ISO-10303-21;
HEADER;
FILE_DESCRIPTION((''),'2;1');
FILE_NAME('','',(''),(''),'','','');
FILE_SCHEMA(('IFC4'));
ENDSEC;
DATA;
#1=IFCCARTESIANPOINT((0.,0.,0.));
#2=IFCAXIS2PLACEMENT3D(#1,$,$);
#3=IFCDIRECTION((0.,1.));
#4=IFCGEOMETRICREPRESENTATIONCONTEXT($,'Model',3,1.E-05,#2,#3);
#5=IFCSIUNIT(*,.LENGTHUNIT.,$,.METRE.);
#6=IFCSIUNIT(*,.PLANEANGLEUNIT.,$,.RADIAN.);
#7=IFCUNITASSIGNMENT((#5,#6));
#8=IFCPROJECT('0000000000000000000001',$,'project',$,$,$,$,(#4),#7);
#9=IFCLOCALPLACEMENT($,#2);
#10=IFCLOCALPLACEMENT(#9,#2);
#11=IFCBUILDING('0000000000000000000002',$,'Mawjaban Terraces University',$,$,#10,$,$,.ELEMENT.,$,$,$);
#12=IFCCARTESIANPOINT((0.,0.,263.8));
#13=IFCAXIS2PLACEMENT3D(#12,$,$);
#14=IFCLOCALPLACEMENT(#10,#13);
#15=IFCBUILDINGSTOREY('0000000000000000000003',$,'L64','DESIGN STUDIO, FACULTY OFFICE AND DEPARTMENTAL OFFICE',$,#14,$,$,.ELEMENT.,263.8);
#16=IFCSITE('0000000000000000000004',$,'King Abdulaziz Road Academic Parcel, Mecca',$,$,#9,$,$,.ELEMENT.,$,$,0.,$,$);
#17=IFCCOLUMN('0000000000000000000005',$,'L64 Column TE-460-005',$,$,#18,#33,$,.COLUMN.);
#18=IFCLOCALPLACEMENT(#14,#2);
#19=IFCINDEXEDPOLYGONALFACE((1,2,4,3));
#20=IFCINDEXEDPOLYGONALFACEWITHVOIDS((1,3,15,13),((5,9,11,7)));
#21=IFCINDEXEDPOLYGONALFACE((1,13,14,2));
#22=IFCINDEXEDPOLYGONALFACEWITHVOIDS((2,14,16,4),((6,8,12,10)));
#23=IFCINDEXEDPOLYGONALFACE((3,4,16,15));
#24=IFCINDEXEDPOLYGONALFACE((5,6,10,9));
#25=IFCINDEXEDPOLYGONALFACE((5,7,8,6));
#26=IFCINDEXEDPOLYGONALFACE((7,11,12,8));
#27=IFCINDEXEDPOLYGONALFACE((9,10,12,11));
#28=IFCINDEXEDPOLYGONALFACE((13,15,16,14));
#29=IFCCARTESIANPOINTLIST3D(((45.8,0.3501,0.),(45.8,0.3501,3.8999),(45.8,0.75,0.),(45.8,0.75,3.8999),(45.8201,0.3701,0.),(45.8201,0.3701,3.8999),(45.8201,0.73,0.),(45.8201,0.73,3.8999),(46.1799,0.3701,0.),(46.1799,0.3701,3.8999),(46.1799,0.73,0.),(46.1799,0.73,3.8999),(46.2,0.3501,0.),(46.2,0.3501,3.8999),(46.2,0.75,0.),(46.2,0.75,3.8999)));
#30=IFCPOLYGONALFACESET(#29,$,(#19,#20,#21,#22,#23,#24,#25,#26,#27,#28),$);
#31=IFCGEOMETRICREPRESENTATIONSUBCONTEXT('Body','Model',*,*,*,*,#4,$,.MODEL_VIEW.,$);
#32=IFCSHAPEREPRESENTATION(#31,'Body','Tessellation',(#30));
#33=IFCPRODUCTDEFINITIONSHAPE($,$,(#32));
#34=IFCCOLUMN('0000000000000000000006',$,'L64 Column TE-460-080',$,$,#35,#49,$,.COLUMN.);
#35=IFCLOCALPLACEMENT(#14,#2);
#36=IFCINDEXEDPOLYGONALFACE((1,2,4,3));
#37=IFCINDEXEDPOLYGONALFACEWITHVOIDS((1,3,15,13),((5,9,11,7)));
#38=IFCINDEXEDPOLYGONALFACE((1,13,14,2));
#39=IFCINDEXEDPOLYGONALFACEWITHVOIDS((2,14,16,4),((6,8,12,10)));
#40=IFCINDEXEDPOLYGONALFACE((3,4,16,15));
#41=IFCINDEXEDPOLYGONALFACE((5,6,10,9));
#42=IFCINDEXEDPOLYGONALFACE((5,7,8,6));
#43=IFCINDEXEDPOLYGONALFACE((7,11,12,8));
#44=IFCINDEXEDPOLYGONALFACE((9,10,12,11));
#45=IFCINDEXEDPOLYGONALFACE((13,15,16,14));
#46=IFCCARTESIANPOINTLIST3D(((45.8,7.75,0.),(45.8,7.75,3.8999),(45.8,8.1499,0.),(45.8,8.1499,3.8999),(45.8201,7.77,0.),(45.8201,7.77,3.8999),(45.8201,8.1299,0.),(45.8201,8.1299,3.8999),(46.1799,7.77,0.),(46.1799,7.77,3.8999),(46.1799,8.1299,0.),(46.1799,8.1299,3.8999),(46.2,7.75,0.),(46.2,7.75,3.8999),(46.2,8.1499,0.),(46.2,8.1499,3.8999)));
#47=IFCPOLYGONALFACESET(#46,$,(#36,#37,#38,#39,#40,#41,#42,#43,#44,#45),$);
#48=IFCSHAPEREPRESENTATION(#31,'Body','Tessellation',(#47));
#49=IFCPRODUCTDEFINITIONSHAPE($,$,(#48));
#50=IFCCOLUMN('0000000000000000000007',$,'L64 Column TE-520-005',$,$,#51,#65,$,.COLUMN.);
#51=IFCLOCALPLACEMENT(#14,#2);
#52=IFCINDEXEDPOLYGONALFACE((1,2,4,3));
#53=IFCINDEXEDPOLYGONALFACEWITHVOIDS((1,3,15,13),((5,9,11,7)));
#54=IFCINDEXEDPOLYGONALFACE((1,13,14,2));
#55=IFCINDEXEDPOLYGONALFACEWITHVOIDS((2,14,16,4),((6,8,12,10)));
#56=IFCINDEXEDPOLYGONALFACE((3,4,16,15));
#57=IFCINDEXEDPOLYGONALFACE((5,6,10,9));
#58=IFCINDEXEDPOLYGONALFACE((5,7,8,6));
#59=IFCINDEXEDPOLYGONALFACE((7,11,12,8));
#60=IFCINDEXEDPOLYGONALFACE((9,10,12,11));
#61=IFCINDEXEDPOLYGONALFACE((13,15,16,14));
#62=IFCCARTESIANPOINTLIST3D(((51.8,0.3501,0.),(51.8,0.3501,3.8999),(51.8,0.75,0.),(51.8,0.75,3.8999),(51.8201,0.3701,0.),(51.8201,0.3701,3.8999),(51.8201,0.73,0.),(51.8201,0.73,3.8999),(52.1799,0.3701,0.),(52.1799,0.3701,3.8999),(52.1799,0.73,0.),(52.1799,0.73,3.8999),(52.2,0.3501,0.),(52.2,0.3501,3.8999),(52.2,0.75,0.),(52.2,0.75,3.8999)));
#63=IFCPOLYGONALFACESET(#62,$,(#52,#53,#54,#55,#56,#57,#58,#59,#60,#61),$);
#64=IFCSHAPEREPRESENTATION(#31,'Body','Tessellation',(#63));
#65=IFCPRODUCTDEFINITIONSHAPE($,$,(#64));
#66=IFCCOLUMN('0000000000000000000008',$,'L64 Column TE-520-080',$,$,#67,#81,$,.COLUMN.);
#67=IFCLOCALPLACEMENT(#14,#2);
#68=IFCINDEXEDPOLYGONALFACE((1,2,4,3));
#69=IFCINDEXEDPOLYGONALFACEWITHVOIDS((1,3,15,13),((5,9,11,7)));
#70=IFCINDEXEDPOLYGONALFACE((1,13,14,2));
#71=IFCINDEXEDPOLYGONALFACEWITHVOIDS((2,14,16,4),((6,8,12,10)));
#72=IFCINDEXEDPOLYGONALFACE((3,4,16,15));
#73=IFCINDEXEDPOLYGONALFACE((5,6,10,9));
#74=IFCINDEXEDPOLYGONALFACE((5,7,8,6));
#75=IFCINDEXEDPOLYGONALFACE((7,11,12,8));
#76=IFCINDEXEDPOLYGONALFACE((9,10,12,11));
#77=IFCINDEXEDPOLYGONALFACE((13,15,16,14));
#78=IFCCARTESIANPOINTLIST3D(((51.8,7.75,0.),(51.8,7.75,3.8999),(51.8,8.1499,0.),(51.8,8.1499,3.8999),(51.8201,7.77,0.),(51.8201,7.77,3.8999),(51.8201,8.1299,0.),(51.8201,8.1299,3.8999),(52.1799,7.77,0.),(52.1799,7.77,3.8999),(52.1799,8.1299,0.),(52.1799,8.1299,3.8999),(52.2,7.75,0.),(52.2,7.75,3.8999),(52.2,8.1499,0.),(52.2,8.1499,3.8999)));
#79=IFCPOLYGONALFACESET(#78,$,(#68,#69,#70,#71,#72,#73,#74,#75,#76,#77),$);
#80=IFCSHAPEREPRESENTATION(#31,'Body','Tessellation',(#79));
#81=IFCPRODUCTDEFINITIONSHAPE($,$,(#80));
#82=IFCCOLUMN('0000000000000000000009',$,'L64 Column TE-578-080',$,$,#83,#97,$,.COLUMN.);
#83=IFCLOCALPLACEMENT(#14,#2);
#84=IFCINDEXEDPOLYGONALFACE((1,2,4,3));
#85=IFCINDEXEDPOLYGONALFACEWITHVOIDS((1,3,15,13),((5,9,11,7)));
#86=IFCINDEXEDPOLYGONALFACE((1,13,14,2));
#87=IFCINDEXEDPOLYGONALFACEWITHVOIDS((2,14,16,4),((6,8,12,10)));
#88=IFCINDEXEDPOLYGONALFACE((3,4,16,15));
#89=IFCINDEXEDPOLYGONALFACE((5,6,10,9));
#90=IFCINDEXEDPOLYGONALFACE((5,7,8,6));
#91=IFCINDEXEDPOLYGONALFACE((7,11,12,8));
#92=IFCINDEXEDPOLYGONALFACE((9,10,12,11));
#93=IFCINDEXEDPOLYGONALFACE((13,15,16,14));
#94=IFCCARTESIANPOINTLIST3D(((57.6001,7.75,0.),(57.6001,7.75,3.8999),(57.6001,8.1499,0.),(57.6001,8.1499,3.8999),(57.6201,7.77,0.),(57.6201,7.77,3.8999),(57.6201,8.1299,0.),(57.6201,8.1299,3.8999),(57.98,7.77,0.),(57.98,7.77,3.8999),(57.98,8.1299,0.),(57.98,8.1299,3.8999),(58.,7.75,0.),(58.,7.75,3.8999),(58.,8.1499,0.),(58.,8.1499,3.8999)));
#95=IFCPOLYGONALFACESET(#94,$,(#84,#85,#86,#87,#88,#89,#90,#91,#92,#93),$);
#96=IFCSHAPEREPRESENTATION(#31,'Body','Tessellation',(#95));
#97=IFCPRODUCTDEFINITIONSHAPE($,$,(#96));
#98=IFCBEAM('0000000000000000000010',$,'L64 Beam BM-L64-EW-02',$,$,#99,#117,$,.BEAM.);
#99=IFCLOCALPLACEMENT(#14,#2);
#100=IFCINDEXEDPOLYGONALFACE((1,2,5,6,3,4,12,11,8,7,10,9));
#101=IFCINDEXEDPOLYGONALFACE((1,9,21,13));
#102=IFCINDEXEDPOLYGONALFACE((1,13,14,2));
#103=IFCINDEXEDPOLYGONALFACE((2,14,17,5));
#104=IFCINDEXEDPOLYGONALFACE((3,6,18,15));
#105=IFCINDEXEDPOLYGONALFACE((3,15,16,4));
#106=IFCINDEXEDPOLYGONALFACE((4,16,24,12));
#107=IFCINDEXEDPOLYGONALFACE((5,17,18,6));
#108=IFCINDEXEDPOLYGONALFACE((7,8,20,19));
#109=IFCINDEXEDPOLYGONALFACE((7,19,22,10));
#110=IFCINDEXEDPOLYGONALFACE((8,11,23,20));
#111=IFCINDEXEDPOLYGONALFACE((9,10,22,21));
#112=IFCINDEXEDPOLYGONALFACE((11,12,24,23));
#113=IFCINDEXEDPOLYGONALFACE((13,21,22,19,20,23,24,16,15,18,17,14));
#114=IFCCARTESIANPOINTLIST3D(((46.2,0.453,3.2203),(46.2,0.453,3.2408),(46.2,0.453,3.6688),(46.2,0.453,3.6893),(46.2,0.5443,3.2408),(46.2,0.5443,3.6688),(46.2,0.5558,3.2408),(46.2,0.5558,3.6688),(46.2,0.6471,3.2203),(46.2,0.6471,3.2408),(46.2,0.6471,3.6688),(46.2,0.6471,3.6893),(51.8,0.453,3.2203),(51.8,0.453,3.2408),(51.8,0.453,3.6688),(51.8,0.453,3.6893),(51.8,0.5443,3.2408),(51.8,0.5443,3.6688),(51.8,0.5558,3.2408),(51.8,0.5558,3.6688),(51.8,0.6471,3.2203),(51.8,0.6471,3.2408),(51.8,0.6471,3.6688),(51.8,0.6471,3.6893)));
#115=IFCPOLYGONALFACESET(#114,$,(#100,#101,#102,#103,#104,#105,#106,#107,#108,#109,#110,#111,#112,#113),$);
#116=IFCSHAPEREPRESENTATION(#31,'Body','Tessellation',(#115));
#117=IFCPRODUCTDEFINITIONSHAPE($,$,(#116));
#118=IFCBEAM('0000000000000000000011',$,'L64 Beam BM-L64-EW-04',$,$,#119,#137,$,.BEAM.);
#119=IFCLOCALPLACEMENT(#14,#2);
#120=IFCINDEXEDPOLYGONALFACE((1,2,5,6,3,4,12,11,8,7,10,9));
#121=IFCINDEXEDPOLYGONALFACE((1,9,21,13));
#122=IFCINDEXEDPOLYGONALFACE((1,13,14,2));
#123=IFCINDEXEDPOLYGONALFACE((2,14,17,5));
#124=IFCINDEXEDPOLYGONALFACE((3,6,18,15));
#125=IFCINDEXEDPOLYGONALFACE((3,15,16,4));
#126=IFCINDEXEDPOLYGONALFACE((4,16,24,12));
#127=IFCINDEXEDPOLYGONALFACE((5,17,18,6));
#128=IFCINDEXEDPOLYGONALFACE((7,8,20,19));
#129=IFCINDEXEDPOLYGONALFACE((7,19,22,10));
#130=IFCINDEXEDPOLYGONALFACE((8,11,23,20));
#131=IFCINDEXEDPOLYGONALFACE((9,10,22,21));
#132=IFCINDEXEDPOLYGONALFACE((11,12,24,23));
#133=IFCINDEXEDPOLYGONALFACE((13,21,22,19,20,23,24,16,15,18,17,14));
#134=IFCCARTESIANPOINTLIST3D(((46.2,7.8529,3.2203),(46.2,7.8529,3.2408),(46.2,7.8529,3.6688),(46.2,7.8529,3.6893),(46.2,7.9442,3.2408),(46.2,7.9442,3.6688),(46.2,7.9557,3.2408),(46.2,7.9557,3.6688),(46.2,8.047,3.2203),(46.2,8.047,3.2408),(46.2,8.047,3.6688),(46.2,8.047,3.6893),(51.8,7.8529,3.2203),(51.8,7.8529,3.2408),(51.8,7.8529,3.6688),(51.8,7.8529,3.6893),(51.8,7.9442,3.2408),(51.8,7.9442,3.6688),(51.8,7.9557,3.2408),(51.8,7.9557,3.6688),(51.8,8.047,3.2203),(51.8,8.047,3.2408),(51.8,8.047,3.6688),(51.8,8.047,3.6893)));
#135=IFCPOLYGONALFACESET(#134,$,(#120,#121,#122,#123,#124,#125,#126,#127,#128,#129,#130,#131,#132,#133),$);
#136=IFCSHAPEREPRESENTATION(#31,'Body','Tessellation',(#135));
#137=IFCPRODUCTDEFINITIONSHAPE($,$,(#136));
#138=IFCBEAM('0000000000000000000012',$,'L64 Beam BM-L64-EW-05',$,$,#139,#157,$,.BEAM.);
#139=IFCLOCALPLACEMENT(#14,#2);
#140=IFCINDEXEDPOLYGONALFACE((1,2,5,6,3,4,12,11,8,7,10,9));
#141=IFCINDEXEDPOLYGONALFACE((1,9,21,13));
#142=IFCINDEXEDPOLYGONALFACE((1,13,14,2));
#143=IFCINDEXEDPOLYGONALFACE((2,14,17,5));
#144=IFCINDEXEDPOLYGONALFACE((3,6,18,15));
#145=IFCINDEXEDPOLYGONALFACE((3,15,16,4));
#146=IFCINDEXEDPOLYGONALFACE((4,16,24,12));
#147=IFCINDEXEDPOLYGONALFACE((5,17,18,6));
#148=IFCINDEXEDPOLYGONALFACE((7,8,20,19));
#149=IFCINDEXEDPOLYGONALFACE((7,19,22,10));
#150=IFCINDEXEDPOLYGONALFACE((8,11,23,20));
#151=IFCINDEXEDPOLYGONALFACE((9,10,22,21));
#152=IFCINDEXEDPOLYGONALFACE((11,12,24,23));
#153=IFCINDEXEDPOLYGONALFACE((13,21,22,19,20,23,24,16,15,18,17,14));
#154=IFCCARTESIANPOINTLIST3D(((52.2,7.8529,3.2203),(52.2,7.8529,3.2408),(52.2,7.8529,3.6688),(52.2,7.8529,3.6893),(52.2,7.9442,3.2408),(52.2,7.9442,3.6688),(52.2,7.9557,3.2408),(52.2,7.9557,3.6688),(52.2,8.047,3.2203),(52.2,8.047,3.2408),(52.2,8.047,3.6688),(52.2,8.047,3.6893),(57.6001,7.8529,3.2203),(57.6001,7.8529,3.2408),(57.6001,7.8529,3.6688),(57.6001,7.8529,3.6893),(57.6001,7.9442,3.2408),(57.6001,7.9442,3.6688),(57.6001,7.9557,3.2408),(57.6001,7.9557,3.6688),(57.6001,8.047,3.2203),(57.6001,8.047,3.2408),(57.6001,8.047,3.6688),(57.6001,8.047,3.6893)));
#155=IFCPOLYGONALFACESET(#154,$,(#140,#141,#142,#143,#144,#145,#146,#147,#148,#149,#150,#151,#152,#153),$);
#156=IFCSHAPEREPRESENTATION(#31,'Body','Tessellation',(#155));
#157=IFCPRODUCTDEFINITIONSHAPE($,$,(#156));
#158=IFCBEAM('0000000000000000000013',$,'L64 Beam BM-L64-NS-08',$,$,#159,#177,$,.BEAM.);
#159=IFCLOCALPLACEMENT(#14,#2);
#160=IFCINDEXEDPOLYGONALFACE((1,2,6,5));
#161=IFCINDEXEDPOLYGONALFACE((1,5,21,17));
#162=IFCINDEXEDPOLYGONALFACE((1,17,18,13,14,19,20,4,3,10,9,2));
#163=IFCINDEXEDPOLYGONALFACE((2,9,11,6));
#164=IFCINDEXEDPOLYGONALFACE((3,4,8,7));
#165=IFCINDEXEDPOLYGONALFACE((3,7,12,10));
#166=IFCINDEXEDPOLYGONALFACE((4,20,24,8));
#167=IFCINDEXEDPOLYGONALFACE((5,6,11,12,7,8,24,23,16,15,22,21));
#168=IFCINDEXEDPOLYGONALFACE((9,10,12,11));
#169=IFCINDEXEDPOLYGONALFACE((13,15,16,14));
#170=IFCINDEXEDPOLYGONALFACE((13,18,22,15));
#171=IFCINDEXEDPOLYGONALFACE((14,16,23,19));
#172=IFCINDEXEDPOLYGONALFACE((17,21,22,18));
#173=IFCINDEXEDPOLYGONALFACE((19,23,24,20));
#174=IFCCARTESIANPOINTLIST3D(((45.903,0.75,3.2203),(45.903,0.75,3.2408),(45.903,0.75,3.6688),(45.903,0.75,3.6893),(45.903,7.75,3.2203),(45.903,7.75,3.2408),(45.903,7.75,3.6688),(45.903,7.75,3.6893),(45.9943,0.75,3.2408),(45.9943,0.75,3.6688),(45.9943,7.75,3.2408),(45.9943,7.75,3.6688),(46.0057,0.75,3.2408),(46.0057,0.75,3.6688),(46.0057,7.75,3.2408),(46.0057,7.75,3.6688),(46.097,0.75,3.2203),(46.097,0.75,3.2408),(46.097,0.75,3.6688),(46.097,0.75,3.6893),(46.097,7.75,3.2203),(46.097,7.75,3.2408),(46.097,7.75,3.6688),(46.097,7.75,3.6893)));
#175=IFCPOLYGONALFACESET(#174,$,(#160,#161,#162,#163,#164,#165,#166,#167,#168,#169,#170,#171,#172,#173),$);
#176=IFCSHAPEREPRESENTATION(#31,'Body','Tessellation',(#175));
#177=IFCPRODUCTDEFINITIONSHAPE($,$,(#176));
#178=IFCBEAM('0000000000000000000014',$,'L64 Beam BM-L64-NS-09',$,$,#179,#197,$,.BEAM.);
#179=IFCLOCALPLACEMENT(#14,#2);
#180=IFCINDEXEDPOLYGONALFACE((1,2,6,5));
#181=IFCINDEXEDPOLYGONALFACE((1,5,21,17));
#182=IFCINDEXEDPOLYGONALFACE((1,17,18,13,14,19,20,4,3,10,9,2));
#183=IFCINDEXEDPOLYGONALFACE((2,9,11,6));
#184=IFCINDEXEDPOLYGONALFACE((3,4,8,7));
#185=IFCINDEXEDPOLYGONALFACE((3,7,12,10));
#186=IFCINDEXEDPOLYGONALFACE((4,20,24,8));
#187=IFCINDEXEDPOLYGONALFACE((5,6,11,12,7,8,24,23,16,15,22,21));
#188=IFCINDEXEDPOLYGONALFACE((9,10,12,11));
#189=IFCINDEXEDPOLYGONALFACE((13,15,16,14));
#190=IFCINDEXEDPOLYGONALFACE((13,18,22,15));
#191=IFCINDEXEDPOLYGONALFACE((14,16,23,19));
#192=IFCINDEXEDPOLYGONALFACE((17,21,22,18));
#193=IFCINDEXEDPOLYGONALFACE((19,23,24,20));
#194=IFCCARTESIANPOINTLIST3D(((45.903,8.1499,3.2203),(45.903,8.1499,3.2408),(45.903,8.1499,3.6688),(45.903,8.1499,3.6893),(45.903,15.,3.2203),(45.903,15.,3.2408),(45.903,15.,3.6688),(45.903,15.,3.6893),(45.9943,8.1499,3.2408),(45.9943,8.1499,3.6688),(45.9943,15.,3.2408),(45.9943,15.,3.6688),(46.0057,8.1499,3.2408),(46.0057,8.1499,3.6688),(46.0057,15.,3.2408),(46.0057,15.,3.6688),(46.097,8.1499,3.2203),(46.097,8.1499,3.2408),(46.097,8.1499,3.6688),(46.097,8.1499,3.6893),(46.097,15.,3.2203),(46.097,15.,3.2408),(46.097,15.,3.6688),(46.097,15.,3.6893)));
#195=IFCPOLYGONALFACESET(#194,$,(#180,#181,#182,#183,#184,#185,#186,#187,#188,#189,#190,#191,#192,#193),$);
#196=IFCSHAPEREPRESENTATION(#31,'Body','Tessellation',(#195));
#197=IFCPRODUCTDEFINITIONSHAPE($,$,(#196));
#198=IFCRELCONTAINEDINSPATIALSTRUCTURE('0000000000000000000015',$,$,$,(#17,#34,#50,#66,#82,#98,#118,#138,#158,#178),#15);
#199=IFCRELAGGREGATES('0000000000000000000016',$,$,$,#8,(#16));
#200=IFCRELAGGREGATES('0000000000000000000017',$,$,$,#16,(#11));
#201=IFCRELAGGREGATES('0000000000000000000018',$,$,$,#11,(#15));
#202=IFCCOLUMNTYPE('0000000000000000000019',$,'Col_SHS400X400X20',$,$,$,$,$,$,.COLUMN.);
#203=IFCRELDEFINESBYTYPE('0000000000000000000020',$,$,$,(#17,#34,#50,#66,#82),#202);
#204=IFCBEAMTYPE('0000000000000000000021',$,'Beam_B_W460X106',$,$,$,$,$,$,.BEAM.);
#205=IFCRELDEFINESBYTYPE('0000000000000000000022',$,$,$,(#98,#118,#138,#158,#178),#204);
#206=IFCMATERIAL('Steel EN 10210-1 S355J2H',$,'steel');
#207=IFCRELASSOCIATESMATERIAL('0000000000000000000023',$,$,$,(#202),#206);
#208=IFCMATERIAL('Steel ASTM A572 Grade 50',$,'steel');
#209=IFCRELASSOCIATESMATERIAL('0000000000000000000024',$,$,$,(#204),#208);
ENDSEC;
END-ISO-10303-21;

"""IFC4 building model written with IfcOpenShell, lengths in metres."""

from ifc_helpers import new_model, si_unit, direction, frame, origin, origin_2d, place, context, subcontext, project, spatial, hollow_rectangle, i_section, extrude, material, material_profile, profile_set, type_object, element, save


model = new_model("IFC4")

# Units and contexts
model_context = context("Model", 3, precision=1e-05, world=origin(), true_north=direction((0.0, 1.0)))
body_context = subcontext(model_context, "Body", "Model", "MODEL_VIEW")
ifc_project = project(units=[si_unit("LENGTHUNIT", "METRE"), si_unit("PLANEANGLEUNIT", "RADIAN")], contexts=[model_context])

# Site, building, storey
site_placement = place(None, origin())
site = spatial("IfcSite", under=ifc_project, at=site_placement, Name="King Abdulaziz Road Academic Parcel, Mecca", CompositionType="ELEMENT", RefElevation=0.0)
building_placement = place(site_placement, origin())
building = spatial("IfcBuilding", under=site, at=building_placement, Name="Mawjaban Terraces University", CompositionType="ELEMENT")
storey_placement = place(building_placement, frame((0.0, 0.0, 263.8)))
storey = spatial("IfcBuildingStorey", under=building, at=storey_placement, Name="L64", Description="DESIGN STUDIO, FACULTY OFFICE AND DEPARTMENTAL OFFICE", CompositionType="ELEMENT", Elevation=263.8)

# Columns
ifc_material_1 = material(Name="Steel EN 10210-1 S355J2H", Category="steel")
ifc_material_profile_1 = material_profile(ifc_material_1, hollow_rectangle(XDim=0.3999, YDim=0.3999, WallThickness=0.02, at=origin_2d()), Name="SHS400X400X20")
ifc_profile_set_1 = profile_set([ifc_material_profile_1], Name="Steel EN 10210-1 S355J2H")
column_type = type_object("IfcColumnType", Name="Col_SHS400X400X20", PredefinedType="COLUMN", material=ifc_profile_set_1)
for number, where, z_axis, x_axis, name in (
    (1, (46.0, 0.55, 0.0), (0.0, 0.0, 1.0), (1.0, 0.0, 0.0), "L64 Column TE-460-005"),
    (2, (46.0, 7.95, 0.0), (0.0, 0.0, 1.0), (1.0, 0.0, 0.0), "L64 Column TE-460-080"),
    (3, (52.0, 0.55, 0.0), (0.0, 0.0, 1.0), (1.0, 0.0, 0.0), "L64 Column TE-520-005"),
    (4, (52.0, 7.95, 0.0), (0.0, 0.0, 1.0), (1.0, 0.0, 0.0), "L64 Column TE-520-080"),
    (5, (57.8, 7.95, 0.0), (0.0, 0.0, 1.0), (1.0, 0.0, 0.0), "L64 Column TE-578-080"),
):
    element("IfcColumn", number, at=place(storey_placement, frame(where, z_axis=z_axis, x_axis=x_axis)), inside=storey, type_object=column_type, Name=name, PredefinedType="COLUMN", context=body_context, shape_type="SweptSolid", body=[
        extrude(hollow_rectangle(XDim=0.3999, YDim=0.3999, WallThickness=0.02, at=origin_2d()), origin(), (0.0, 0.0, 1.0), 3.8999),
    ])

# Beams
ifc_material_2 = material(Name="Steel ASTM A572 Grade 50", Category="steel")
ifc_material_profile_2 = material_profile(ifc_material_2, i_section(OverallWidth=0.1941, OverallDepth=0.469, WebThickness=0.0115, FlangeThickness=0.0205, at=origin_2d()), Name="W460X106")
ifc_profile_set_2 = profile_set([ifc_material_profile_2], Name="Steel ASTM A572 Grade 50")
beam_type_1 = type_object("IfcBeamType", Name="Beam_B_W460X106", PredefinedType="BEAM", material=ifc_profile_set_2)
for number, where, z_axis, x_axis, name in (
    (6, (46.2, 0.55, 3.4548), (1.0, 0.0, 0.0), (0.0, 1.0, 0.0), "L64 Beam BM-L64-EW-02"),
    (7, (46.2, 7.95, 3.4548), (1.0, 0.0, 0.0), (0.0, 1.0, 0.0), "L64 Beam BM-L64-EW-04"),
):
    element("IfcBeam", number, at=place(storey_placement, frame(where, z_axis=z_axis, x_axis=x_axis)), inside=storey, type_object=beam_type_1, Name=name, PredefinedType="BEAM", context=body_context, shape_type="SweptSolid", body=[
        extrude(i_section(OverallWidth=0.1941, OverallDepth=0.469, WebThickness=0.0115, FlangeThickness=0.0205, at=origin_2d()), origin(), (0.0, 0.0, 1.0), 5.6001),
    ])
beam_1_placement = place(storey_placement, frame((52.2, 7.95, 3.4548), z_axis=(1.0, 0.0, 0.0), x_axis=(0.0, 1.0, 0.0)))
element("IfcBeam", 8, at=beam_1_placement, inside=storey, type_object=beam_type_1, Name="L64 Beam BM-L64-EW-05", PredefinedType="BEAM", context=body_context, shape_type="SweptSolid", body=[
    extrude(i_section(OverallWidth=0.1941, OverallDepth=0.469, WebThickness=0.0115, FlangeThickness=0.0205, at=origin_2d()), origin(), (0.0, 0.0, 1.0), 5.4001),
])
beam_2_placement = place(storey_placement, frame((46.0, 0.75, 3.4548), z_axis=(0.0, 1.0, 0.0), x_axis=(-1.0, 0.0, 0.0)))
element("IfcBeam", 9, at=beam_2_placement, inside=storey, type_object=beam_type_1, Name="L64 Beam BM-L64-NS-08", PredefinedType="BEAM", context=body_context, shape_type="SweptSolid", body=[
    extrude(i_section(OverallWidth=0.1941, OverallDepth=0.469, WebThickness=0.0115, FlangeThickness=0.0205, at=origin_2d()), origin(), (0.0, 0.0, 1.0), 7.0),
])
beam_3_placement = place(storey_placement, frame((46.0, 8.1499, 3.4548), z_axis=(0.0, 1.0, 0.0), x_axis=(-1.0, 0.0, 0.0)))
element("IfcBeam", 10, at=beam_3_placement, inside=storey, type_object=beam_type_1, Name="L64 Beam BM-L64-NS-09", PredefinedType="BEAM", context=body_context, shape_type="SweptSolid", body=[
    extrude(i_section(OverallWidth=0.1941, OverallDepth=0.469, WebThickness=0.0115, FlangeThickness=0.0205, at=origin_2d()), origin(), (0.0, 0.0, 1.0), 6.8501),
])

save(model, "model.ifc")
